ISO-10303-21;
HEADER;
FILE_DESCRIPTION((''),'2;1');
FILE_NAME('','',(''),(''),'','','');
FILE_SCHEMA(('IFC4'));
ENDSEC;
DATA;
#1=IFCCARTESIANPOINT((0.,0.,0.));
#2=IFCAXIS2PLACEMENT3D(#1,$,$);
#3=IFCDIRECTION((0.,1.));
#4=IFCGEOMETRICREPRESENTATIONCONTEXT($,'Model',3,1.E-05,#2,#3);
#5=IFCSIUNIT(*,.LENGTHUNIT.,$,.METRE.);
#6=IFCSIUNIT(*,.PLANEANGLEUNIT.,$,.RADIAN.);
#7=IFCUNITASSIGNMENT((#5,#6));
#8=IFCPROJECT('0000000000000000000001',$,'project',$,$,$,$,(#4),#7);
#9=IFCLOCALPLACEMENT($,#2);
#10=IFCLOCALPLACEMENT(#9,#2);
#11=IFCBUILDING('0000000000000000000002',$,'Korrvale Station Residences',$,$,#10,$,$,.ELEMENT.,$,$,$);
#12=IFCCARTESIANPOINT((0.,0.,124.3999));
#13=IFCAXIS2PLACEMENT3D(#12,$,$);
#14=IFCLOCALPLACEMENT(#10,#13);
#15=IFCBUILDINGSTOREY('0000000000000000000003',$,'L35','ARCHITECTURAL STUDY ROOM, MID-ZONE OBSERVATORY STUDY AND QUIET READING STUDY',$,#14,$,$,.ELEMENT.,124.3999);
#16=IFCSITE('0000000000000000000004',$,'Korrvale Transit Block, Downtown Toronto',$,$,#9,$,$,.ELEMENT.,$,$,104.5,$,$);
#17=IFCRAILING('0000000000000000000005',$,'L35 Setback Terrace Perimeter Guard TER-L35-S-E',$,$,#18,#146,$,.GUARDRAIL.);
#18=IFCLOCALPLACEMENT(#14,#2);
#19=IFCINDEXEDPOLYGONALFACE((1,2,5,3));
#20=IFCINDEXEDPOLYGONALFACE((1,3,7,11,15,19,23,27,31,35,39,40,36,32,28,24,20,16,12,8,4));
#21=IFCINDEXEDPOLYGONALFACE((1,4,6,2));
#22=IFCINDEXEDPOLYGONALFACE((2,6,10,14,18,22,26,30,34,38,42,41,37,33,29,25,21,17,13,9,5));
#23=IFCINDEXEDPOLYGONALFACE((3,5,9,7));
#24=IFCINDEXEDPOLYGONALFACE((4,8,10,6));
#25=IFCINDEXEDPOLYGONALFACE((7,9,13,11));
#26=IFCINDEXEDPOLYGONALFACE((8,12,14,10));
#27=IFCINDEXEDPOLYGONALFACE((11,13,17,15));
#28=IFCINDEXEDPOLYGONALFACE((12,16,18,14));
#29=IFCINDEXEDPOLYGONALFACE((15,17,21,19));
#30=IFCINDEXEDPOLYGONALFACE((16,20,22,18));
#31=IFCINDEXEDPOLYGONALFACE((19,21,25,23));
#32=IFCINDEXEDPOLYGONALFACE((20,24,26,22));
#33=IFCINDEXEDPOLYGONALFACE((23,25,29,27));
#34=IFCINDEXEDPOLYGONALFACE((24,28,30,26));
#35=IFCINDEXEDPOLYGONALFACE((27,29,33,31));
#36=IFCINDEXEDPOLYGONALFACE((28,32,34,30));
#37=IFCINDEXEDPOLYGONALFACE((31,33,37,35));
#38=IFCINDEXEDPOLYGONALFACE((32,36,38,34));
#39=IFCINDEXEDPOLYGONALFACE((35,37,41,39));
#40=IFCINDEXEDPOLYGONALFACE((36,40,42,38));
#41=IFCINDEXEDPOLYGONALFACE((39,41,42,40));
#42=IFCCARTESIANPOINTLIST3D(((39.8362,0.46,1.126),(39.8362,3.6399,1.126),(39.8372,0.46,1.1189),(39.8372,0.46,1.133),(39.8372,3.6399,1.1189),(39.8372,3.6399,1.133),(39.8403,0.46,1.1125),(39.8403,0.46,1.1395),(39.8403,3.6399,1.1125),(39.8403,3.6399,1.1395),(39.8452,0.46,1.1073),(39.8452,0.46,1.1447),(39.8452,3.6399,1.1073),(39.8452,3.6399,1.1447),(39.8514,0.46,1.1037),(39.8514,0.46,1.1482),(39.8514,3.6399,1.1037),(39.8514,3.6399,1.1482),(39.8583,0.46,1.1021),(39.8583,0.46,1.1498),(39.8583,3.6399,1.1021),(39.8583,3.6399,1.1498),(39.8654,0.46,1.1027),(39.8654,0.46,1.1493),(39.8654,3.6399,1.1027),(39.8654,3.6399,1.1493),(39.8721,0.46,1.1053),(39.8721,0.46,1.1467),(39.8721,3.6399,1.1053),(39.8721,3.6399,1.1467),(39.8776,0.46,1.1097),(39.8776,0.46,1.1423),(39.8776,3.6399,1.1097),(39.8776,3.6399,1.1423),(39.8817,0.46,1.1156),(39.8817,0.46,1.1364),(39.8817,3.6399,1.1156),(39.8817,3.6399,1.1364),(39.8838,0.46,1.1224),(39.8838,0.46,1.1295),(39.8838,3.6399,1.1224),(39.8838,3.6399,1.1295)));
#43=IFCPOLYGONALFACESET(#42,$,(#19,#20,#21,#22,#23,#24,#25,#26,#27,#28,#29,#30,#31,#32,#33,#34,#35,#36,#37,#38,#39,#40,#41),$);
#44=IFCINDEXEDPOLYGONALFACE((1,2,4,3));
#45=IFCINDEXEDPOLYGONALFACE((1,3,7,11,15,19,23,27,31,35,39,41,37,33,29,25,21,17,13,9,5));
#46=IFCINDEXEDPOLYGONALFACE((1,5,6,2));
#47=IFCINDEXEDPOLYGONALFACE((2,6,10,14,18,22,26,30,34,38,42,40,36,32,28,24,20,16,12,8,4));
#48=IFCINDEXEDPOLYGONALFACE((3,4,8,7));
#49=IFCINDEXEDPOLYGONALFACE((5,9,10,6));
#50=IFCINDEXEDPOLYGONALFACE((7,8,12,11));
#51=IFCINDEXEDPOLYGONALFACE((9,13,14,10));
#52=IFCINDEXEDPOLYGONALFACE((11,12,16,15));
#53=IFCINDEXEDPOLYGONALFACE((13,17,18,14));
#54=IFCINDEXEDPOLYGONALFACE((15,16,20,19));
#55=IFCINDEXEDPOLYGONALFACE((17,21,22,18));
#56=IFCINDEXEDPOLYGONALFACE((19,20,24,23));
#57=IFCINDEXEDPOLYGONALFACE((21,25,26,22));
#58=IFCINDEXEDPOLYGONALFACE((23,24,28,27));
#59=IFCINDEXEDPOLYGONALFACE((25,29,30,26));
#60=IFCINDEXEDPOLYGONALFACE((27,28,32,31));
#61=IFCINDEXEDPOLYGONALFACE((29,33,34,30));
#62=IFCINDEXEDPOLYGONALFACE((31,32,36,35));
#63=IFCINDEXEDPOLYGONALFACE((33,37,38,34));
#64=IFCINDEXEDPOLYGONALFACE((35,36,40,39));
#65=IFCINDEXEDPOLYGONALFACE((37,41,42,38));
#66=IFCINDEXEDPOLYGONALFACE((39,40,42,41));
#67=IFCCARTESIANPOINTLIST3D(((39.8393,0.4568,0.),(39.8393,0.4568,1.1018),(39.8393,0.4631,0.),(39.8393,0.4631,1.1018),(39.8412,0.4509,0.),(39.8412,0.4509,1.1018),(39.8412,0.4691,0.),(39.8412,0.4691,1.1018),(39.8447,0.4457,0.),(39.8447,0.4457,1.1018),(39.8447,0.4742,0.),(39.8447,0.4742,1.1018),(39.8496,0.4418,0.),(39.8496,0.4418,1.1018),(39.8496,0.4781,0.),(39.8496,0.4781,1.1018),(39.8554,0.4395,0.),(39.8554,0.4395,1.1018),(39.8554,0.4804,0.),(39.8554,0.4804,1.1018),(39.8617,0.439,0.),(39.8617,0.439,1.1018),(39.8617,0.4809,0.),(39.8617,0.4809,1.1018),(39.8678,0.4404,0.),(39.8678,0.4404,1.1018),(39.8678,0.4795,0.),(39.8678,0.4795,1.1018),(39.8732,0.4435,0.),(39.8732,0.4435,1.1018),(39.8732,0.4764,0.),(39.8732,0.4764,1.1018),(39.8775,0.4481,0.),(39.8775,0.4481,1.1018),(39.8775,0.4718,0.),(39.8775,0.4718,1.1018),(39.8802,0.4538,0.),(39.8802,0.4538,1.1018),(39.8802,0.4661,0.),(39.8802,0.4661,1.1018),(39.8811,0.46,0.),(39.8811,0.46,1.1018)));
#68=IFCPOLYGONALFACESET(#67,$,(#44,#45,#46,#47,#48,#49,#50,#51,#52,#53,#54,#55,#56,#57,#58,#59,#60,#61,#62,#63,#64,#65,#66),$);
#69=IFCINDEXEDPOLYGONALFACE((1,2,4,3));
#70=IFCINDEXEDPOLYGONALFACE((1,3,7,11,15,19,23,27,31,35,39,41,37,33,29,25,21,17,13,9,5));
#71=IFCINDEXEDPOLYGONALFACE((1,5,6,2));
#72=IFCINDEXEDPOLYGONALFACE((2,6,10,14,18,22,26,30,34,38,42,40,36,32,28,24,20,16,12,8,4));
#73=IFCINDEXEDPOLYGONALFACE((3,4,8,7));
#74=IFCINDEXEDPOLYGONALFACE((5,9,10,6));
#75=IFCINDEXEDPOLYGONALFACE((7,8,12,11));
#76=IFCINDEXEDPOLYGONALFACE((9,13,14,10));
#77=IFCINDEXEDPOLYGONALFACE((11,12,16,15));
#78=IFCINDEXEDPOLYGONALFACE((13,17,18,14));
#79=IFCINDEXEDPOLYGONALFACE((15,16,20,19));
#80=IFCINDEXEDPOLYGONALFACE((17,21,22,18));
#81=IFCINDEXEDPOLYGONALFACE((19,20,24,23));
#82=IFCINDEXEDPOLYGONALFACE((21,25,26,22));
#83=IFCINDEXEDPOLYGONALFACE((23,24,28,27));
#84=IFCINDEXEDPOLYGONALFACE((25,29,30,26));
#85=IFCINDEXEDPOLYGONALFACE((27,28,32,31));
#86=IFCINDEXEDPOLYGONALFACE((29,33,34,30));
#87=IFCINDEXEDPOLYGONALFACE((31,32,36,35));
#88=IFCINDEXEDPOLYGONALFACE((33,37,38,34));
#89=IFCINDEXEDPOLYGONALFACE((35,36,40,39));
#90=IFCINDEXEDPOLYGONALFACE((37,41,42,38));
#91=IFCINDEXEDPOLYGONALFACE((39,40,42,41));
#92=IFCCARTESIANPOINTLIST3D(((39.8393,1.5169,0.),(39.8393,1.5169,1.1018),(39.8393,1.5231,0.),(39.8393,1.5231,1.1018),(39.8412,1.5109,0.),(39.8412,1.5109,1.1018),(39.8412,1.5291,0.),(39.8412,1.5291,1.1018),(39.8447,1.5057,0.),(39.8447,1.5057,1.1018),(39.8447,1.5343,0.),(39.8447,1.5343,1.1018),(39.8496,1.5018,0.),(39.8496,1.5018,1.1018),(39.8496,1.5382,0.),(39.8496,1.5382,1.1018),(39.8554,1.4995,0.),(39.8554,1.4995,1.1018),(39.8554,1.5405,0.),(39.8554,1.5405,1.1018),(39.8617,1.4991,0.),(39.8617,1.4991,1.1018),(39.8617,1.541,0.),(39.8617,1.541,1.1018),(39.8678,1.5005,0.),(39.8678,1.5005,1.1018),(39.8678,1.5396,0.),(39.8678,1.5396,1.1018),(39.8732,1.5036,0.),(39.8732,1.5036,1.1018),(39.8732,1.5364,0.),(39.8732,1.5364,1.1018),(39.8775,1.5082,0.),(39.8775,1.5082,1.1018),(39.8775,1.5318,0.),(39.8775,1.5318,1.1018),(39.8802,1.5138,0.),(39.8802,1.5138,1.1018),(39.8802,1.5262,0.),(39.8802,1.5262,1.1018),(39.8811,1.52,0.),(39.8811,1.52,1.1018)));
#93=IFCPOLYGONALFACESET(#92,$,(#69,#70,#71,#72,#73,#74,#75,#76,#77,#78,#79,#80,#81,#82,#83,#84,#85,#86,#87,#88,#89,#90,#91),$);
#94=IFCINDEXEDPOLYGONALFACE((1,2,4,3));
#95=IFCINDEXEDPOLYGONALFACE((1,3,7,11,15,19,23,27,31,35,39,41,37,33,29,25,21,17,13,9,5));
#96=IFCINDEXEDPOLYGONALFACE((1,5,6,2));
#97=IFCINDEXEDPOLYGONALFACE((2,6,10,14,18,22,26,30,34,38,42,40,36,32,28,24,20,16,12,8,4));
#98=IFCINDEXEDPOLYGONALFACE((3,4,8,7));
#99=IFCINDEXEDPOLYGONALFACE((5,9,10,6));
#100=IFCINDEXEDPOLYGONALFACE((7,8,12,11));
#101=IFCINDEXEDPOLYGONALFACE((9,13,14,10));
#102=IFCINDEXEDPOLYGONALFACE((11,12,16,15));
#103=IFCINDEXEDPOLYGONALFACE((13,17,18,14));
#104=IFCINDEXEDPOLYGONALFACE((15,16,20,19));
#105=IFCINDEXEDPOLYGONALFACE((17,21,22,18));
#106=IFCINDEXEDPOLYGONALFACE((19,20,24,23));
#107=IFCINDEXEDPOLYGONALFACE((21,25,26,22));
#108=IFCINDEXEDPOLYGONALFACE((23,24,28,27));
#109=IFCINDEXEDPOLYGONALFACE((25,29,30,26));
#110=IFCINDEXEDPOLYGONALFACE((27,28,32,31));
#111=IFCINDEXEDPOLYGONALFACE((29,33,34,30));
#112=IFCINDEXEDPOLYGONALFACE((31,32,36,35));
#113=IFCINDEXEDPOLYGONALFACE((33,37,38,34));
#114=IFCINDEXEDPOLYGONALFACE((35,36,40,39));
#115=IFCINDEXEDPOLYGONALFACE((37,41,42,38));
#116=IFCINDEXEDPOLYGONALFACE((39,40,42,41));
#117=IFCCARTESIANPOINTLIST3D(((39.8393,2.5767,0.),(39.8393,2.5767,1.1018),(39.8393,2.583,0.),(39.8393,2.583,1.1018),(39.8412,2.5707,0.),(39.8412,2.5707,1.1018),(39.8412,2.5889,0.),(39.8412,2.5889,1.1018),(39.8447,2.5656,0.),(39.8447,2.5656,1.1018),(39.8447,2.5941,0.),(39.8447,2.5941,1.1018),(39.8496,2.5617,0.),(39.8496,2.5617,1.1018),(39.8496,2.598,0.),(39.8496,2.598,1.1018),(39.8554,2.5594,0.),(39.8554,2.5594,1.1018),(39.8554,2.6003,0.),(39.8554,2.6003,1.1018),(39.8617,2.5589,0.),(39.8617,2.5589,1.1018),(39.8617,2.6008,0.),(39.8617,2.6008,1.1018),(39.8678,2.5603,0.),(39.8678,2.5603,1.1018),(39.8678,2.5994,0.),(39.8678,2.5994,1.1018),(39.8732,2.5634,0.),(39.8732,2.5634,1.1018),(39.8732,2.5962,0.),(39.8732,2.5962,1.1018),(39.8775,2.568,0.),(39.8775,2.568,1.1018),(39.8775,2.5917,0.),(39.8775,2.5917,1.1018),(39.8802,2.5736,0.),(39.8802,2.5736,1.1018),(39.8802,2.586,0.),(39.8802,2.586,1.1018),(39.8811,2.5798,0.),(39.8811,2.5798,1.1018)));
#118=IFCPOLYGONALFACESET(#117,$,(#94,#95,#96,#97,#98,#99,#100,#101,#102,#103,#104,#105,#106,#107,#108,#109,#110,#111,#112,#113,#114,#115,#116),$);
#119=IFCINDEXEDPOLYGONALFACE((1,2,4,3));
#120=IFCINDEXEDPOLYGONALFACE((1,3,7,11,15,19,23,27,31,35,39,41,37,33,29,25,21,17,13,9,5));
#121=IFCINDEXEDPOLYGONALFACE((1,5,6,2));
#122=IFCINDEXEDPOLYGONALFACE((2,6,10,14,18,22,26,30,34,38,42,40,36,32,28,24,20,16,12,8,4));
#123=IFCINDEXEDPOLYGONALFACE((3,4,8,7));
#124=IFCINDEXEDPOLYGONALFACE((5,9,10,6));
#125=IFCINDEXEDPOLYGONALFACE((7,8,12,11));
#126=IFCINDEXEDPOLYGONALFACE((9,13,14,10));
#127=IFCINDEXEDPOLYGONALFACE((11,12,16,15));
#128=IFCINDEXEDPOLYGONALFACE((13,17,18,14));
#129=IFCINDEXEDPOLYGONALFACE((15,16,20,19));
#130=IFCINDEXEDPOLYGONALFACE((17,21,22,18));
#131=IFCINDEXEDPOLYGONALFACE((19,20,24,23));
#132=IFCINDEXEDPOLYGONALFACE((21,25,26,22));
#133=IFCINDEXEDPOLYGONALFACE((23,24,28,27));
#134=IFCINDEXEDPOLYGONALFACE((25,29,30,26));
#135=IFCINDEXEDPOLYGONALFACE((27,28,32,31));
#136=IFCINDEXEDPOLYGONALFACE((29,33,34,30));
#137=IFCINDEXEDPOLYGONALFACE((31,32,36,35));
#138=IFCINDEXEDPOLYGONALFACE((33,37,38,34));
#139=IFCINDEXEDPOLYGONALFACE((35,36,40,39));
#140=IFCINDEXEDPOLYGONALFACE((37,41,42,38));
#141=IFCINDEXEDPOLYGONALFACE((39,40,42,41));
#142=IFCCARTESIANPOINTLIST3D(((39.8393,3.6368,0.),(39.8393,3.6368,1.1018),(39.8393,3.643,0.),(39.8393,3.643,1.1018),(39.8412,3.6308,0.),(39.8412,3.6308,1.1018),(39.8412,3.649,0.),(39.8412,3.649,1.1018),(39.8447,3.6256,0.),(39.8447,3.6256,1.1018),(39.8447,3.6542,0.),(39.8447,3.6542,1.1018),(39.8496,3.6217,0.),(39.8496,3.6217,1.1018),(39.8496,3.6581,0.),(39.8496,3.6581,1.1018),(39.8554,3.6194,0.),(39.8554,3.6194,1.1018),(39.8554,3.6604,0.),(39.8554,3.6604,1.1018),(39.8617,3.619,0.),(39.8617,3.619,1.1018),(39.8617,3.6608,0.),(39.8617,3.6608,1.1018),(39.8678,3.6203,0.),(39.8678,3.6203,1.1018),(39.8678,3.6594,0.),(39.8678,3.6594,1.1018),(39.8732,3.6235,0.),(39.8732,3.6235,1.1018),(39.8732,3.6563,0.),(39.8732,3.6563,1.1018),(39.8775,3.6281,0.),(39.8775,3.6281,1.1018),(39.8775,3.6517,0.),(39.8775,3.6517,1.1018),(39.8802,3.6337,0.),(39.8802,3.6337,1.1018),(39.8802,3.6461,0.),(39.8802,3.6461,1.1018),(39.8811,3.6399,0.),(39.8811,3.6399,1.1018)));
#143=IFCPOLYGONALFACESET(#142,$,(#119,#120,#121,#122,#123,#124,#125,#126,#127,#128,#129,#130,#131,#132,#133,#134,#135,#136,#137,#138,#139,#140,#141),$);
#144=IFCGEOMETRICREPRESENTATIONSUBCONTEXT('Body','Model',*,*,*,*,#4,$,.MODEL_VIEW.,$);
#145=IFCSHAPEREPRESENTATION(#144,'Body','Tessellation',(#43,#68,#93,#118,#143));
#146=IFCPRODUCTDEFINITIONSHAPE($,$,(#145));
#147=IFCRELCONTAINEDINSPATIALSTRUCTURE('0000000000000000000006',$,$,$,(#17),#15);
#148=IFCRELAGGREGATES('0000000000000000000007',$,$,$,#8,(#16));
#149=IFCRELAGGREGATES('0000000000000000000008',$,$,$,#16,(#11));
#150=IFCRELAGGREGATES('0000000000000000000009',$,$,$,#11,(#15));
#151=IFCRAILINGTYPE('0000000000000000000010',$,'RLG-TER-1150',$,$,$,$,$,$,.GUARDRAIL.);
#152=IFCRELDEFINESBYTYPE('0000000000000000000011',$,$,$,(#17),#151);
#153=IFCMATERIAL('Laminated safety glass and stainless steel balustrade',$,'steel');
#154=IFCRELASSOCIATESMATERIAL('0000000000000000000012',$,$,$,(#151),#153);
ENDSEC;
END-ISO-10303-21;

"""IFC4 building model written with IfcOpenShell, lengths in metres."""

from ifc_helpers import new_model, si_unit, direction, frame, origin, origin_2d, place, context, subcontext, project, spatial, circle, extrude, material, type_object, element, save


model = new_model("IFC4")

# Units and contexts
model_context = context("Model", 3, precision=1e-05, world=origin(), true_north=direction((0.0, 1.0)))
body_context = subcontext(model_context, "Body", "Model", "MODEL_VIEW")
ifc_project = project(units=[si_unit("LENGTHUNIT", "METRE"), si_unit("PLANEANGLEUNIT", "RADIAN")], contexts=[model_context])

# Site, building, storey
site_placement = place(None, origin())
site = spatial("IfcSite", under=ifc_project, at=site_placement, Name="Korrvale Transit Block, Downtown Toronto", CompositionType="ELEMENT", RefElevation=104.5)
building_placement = place(site_placement, origin())
building = spatial("IfcBuilding", under=site, at=building_placement, Name="Korrvale Station Residences", CompositionType="ELEMENT")
storey_placement = place(building_placement, frame((0.0, 0.0, 124.3999)))
storey = spatial("IfcBuildingStorey", under=building, at=storey_placement, Name="L35", Description="ARCHITECTURAL STUDY ROOM, MID-ZONE OBSERVATORY STUDY AND QUIET READING STUDY", CompositionType="ELEMENT", Elevation=124.3999)

# Railing
ifc_material_1 = material(Name="Laminated safety glass and stainless steel balustrade", Category="steel")
railing_type = type_object("IfcRailingType", Name="RLG-TER-1150", PredefinedType="GUARDRAIL", material=ifc_material_1)
railing_1_placement = place(storey_placement, frame((39.8601, 0.46, 0.0)))
element("IfcRailing", 1, at=railing_1_placement, inside=storey, type_object=railing_type, Name="L35 Setback Terrace Perimeter Guard TER-L35-S-E", PredefinedType="GUARDRAIL", context=body_context, shape_type="SweptSolid", body=[
    extrude(circle(Radius=0.0239, at=origin_2d()), frame((0.0, 0.0, 1.126), z_axis=(0.0, 1.0, 0.0), x_axis=(-1.0, 0.0, 0.0)), (0.0, 0.0, 1.0), 3.1799),
    extrude(circle(Radius=0.021, at=origin_2d()), origin(), (0.0, 0.0, 1.0), 1.1018),
    extrude(circle(Radius=0.021, at=origin_2d()), frame((0.0, 1.0601, 0.0)), (0.0, 0.0, 1.0), 1.1018),
    extrude(circle(Radius=0.021, at=origin_2d()), frame((0.0, 2.1199, 0.0)), (0.0, 0.0, 1.0), 1.1018),
    extrude(circle(Radius=0.021, at=origin_2d()), frame((0.0, 3.1799, 0.0)), (0.0, 0.0, 1.0), 1.1018),
])

save(model, "model.ifc")
